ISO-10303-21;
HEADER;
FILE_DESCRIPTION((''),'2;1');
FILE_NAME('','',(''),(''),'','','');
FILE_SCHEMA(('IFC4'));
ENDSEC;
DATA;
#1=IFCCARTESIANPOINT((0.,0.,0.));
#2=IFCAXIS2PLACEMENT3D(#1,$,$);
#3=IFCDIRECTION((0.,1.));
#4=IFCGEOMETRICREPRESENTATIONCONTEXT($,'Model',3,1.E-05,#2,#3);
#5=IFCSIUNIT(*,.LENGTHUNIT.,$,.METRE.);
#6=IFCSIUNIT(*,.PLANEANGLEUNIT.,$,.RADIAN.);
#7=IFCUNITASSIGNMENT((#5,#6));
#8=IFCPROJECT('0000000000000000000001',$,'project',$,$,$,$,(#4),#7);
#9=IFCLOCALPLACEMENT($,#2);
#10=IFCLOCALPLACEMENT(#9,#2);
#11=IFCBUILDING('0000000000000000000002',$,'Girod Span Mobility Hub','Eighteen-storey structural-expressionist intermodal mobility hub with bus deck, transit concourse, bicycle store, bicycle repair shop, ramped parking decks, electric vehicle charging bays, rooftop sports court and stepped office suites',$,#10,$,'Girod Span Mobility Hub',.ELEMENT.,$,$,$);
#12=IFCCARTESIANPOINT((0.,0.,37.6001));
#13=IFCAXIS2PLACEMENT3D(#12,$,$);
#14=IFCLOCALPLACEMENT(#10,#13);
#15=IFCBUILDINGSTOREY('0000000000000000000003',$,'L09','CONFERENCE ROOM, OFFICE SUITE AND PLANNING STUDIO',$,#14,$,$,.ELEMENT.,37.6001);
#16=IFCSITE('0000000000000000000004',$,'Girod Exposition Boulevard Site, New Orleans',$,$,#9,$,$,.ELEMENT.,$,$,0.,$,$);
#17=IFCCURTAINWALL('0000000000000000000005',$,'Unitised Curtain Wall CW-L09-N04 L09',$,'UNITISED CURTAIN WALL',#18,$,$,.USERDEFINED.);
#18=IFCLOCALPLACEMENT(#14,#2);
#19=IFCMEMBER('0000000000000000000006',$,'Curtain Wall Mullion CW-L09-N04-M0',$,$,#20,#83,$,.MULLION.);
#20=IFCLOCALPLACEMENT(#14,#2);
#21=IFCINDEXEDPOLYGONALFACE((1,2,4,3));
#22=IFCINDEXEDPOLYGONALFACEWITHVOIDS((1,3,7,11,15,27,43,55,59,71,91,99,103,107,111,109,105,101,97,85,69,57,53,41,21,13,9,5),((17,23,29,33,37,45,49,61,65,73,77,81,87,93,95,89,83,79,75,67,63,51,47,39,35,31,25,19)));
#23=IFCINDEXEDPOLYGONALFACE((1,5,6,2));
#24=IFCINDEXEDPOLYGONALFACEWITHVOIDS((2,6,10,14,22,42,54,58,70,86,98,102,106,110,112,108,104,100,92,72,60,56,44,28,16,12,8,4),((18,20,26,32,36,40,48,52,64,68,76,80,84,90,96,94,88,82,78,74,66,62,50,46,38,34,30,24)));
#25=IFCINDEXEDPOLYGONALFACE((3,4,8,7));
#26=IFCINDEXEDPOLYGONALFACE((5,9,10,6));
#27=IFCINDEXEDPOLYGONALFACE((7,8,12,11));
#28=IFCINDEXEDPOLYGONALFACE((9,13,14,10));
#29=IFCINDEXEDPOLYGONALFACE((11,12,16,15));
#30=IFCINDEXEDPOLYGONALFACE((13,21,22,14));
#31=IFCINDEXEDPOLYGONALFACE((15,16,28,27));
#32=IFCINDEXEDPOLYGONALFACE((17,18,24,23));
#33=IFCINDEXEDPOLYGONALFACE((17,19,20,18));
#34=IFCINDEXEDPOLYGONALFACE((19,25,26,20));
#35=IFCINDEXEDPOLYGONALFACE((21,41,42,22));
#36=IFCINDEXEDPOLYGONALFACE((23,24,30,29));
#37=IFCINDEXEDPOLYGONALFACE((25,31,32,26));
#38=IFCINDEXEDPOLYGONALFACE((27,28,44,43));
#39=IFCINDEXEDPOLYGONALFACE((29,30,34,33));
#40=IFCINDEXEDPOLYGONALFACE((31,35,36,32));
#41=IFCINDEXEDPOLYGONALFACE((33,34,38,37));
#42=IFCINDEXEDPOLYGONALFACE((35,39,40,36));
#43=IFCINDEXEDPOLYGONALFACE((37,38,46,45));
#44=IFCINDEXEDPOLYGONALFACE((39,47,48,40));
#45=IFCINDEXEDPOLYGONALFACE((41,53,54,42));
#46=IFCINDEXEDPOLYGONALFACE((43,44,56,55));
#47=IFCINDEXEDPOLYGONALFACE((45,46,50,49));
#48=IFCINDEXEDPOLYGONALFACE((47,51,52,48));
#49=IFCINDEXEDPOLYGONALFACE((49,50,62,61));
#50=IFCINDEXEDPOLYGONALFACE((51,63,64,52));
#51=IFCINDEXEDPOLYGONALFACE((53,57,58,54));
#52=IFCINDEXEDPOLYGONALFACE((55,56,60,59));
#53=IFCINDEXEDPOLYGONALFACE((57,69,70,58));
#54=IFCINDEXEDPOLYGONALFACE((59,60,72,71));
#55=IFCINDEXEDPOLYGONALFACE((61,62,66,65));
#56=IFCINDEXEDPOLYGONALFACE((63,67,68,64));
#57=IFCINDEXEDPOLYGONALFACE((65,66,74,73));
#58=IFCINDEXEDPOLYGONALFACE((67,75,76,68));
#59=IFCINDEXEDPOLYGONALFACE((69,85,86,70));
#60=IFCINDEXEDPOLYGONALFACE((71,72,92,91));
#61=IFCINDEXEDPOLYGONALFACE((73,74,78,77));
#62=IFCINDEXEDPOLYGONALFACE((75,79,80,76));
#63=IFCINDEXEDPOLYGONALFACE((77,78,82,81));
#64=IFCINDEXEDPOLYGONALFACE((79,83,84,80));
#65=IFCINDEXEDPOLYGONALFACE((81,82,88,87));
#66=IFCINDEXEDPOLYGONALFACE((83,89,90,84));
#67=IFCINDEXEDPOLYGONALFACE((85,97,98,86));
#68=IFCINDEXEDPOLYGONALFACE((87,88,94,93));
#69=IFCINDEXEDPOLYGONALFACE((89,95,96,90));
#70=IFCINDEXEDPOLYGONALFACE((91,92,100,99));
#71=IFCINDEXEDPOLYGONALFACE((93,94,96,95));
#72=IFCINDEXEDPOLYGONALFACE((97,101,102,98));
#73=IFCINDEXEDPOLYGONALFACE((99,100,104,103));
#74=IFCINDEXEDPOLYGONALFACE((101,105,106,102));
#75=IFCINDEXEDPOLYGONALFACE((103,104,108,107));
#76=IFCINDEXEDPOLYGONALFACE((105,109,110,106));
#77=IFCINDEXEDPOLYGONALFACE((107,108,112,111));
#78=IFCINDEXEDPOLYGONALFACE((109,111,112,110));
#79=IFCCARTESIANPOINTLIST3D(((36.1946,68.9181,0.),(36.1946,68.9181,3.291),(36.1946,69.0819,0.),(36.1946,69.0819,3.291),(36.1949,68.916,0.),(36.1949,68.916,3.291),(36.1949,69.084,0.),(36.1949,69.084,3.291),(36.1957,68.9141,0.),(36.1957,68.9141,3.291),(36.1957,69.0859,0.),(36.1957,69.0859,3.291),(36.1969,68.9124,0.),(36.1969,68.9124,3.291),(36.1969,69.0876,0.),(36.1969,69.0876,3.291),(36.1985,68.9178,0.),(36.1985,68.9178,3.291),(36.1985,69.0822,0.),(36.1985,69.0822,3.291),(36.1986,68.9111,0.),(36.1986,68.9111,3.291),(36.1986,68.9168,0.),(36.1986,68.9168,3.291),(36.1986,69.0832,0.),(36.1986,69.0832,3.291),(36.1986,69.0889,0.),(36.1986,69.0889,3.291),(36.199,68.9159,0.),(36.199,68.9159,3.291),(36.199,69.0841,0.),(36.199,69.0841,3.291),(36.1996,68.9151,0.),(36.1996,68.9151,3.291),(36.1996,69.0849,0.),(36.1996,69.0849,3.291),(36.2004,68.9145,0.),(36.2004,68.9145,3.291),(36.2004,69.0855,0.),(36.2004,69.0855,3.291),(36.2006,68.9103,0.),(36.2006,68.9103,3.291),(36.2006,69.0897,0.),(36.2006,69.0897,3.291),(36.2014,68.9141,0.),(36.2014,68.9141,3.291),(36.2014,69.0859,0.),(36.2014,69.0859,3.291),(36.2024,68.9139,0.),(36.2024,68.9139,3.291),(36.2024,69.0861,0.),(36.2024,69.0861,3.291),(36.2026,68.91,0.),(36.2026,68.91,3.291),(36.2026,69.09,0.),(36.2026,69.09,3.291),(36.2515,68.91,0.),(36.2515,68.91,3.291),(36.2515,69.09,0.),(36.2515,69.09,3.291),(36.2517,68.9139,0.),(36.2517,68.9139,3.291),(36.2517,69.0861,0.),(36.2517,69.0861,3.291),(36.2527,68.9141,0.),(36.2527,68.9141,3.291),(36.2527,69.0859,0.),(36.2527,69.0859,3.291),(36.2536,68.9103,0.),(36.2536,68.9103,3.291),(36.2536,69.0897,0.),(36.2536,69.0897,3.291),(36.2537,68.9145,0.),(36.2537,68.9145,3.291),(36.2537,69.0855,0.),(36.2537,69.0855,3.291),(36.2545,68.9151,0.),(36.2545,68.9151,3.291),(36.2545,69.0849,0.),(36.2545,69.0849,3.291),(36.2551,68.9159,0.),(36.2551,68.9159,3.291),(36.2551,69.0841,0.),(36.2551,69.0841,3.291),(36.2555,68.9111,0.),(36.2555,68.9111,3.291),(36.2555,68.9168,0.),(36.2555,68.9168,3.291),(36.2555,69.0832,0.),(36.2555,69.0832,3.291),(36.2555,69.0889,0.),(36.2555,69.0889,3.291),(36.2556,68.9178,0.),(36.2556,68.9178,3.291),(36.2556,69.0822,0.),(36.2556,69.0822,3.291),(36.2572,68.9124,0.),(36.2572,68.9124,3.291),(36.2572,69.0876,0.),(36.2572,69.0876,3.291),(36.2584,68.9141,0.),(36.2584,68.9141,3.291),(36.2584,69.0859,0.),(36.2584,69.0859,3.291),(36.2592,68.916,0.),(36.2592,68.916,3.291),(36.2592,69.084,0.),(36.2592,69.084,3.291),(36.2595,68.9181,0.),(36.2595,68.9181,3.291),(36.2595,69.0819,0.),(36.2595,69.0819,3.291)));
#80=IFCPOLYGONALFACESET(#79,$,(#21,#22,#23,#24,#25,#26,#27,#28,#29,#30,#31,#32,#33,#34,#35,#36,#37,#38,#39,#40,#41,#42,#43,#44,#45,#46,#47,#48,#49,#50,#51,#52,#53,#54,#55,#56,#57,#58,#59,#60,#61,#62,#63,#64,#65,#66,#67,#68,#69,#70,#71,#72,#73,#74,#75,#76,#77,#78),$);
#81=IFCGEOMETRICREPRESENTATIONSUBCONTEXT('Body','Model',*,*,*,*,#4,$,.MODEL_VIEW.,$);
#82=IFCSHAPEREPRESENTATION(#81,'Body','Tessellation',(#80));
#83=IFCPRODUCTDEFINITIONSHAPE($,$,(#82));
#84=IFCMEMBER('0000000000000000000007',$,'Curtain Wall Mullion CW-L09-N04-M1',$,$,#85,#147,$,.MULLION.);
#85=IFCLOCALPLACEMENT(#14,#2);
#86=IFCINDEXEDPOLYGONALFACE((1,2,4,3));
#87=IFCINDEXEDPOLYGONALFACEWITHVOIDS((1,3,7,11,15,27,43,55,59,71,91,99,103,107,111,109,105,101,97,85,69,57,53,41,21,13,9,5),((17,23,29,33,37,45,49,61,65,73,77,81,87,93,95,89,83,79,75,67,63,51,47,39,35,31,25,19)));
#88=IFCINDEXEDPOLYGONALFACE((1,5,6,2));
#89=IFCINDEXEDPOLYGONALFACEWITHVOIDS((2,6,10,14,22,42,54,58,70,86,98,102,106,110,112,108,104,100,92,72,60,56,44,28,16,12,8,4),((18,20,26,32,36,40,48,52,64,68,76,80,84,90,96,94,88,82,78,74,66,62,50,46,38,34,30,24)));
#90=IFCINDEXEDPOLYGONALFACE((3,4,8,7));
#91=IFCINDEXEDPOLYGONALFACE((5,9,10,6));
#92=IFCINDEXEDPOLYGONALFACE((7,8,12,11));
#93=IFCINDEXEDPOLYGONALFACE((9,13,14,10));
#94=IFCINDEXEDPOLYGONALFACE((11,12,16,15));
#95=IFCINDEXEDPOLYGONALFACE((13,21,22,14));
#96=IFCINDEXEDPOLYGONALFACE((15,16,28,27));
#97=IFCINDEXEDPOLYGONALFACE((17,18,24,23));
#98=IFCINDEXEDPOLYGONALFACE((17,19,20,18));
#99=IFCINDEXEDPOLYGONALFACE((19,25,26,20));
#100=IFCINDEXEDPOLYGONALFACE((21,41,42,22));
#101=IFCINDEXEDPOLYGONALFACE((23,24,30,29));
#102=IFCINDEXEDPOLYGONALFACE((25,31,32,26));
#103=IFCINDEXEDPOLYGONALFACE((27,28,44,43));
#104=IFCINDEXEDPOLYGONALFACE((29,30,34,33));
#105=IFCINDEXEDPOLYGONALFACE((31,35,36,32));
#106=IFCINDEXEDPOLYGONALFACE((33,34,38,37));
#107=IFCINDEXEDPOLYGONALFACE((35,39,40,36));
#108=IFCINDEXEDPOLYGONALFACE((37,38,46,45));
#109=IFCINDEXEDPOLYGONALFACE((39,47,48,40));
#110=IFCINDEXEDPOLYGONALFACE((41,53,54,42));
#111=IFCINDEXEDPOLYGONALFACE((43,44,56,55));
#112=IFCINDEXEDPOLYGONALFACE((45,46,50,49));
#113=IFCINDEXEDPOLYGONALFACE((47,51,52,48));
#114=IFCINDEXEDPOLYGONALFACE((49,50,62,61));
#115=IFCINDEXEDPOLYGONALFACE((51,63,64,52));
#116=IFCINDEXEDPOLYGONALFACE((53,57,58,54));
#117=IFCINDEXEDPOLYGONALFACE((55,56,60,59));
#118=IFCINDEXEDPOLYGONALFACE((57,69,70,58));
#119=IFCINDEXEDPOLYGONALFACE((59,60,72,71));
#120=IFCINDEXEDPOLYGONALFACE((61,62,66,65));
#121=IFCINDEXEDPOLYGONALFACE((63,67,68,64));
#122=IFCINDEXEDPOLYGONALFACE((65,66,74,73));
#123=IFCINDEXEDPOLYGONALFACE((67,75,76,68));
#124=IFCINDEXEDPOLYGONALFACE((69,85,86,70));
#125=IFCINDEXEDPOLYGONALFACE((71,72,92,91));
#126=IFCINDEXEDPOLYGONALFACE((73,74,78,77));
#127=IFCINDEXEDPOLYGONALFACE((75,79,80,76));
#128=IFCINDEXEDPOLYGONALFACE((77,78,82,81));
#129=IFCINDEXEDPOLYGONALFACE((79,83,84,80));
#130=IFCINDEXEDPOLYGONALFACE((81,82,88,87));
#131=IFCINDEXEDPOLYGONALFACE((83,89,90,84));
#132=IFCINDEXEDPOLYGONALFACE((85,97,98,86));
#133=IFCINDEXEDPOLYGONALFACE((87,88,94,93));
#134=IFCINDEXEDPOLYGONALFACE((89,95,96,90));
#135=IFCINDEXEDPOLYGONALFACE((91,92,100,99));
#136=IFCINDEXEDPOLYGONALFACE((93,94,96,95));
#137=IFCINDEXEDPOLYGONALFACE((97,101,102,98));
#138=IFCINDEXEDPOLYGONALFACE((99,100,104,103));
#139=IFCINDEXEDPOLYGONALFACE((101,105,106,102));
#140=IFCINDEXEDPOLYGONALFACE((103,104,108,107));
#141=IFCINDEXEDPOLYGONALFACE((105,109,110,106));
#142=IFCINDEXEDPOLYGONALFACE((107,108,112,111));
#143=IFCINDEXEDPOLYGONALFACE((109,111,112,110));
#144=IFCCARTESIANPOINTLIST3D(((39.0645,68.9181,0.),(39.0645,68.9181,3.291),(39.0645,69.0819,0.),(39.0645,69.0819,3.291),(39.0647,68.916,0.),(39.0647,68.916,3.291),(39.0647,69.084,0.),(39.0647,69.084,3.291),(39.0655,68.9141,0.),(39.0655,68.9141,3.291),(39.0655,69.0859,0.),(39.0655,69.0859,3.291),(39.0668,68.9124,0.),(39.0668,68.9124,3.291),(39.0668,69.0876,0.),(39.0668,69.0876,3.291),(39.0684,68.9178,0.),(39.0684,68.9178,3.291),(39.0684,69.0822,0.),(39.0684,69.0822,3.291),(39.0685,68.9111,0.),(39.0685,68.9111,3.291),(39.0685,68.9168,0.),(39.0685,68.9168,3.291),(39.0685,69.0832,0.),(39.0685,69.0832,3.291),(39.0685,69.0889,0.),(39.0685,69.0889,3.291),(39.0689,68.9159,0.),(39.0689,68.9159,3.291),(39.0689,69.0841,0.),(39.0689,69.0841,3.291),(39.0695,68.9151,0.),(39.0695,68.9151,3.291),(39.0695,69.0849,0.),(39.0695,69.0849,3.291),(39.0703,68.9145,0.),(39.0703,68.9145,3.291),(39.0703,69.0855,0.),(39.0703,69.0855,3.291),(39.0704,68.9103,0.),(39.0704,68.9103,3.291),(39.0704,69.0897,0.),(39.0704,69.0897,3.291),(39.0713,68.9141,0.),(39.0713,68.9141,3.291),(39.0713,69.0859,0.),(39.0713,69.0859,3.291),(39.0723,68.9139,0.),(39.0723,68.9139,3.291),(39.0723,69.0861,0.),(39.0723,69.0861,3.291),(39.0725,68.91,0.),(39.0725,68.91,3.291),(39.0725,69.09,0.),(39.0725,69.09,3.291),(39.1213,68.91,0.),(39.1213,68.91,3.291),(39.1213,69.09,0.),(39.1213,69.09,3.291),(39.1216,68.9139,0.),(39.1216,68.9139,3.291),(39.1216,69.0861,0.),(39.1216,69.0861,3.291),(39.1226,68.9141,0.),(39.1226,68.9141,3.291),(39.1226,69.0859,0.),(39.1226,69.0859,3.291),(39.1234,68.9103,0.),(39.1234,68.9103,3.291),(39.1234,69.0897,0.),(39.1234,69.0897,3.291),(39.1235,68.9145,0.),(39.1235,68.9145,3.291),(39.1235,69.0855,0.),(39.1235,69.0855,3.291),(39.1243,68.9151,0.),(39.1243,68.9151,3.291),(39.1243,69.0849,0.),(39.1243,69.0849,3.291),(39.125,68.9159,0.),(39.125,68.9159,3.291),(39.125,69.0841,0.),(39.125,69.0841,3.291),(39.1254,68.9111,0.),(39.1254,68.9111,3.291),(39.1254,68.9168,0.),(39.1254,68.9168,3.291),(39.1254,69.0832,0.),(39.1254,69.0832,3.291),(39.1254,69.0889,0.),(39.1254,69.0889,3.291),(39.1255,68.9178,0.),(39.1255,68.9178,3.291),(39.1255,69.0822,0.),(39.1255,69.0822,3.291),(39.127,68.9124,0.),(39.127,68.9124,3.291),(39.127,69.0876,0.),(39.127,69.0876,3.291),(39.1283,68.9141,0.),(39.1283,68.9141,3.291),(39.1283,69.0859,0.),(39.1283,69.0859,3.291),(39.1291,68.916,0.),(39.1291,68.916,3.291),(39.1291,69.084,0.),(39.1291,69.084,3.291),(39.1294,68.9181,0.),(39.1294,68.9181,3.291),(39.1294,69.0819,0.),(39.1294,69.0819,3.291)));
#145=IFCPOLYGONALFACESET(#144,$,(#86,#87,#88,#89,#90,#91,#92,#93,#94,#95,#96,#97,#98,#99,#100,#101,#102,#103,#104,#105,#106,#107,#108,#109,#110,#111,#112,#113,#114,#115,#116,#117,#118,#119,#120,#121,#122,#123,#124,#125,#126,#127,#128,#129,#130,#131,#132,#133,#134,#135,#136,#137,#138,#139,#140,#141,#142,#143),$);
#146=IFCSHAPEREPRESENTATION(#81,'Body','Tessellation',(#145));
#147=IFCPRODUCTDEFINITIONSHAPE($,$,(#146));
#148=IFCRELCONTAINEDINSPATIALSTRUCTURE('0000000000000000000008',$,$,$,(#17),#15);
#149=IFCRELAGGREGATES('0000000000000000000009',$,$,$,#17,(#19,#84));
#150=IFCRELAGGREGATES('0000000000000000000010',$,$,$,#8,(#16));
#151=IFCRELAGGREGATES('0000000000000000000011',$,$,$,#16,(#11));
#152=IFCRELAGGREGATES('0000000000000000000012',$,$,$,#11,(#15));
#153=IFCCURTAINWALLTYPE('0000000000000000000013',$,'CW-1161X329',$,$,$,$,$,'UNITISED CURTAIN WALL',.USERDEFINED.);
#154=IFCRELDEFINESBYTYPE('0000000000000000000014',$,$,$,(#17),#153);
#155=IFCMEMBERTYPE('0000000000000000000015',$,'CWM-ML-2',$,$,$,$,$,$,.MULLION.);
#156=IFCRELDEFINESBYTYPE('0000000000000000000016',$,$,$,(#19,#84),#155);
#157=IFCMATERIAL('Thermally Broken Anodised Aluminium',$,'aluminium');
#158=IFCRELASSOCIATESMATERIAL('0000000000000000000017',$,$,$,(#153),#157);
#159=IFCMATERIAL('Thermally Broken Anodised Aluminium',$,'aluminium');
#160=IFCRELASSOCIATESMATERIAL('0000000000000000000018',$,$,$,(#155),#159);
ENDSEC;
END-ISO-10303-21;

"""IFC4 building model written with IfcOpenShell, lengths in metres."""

from ifc_helpers import new_model, si_unit, direction, frame, origin, origin_2d, place, context, subcontext, project, spatial, hollow_rectangle, extrude, material, material_profile, profile_set, type_object, element, aggregate, save


model = new_model("IFC4")

# Units and contexts
model_context = context("Model", 3, precision=1e-05, world=origin(), true_north=direction((0.0, 1.0)))
body_context = subcontext(model_context, "Body", "Model", "MODEL_VIEW")
ifc_project = project(units=[si_unit("LENGTHUNIT", "METRE"), si_unit("PLANEANGLEUNIT", "RADIAN")], contexts=[model_context])

# Site, building, storey
site_placement = place(None, origin())
site = spatial("IfcSite", under=ifc_project, at=site_placement, Name="Girod Exposition Boulevard Site, New Orleans", CompositionType="ELEMENT", RefElevation=0.0)
building_placement = place(site_placement, origin())
building = spatial("IfcBuilding", under=site, at=building_placement, Name="Girod Span Mobility Hub", Description="Eighteen-storey structural-expressionist intermodal mobility hub with bus deck, transit concourse, bicycle store, bicycle repair shop, ramped parking decks, electric vehicle charging bays, rooftop sports court and stepped office suites", LongName="Girod Span Mobility Hub", CompositionType="ELEMENT")
storey_placement = place(building_placement, frame((0.0, 0.0, 37.6001)))
storey = spatial("IfcBuildingStorey", under=building, at=storey_placement, Name="L09", Description="CONFERENCE ROOM, OFFICE SUITE AND PLANNING STUDIO", CompositionType="ELEMENT", Elevation=37.6001)

# Curtain wall, members
ifc_material_1 = material(Name="Thermally Broken Anodised Aluminium", Category="aluminium")
curtain_wall_type = type_object("IfcCurtainWallType", Name="CW-1161X329", ElementType="UNITISED CURTAIN WALL", PredefinedType="USERDEFINED", material=ifc_material_1)
curtain_wall_placement = place(storey_placement, origin())
curtain_wall = element("IfcCurtainWall", 1, at=curtain_wall_placement, inside=storey, type_object=curtain_wall_type, Name="Unitised Curtain Wall CW-L09-N04 L09", ObjectType="UNITISED CURTAIN WALL", PredefinedType="USERDEFINED")
ifc_material_2 = material(Name="Thermally Broken Anodised Aluminium", Category="aluminium")
ifc_material_profile_1 = material_profile(ifc_material_2, hollow_rectangle(XDim=0.1799, YDim=0.0649, WallThickness=0.0039, InnerFilletRadius=0.0039, OuterFilletRadius=0.0081, at=origin_2d()), Name="CW-ML-65X180")
ifc_profile_set_1 = profile_set([ifc_material_profile_1], Name="Thermally Broken Anodised Aluminium")
member_type_1 = type_object("IfcMemberType", Name="CWM-ML-2", PredefinedType="MULLION", material=ifc_profile_set_1)
member_1_placement = place(storey_placement, frame((36.2271, 69.0, 0.0), z_axis=(0.0, 0.0, 1.0), x_axis=(0.0, 1.0, 0.0)))
member_1 = element("IfcMember", 2, at=member_1_placement, type_object=member_type_1, Name="Curtain Wall Mullion CW-L09-N04-M0", PredefinedType="MULLION", context=body_context, shape_type="SweptSolid", body=[
    extrude(hollow_rectangle(XDim=0.1799, YDim=0.0649, WallThickness=0.0039, InnerFilletRadius=0.0039, OuterFilletRadius=0.0081, at=origin_2d()), origin(), (0.0, 0.0, 1.0), 3.291),
])
member_2_placement = place(storey_placement, frame((39.0969, 69.0, 0.0), z_axis=(0.0, 0.0, 1.0), x_axis=(0.0, 1.0, 0.0)))
member_2 = element("IfcMember", 3, at=member_2_placement, type_object=member_type_1, Name="Curtain Wall Mullion CW-L09-N04-M1", PredefinedType="MULLION", context=body_context, shape_type="SweptSolid", body=[
    extrude(hollow_rectangle(XDim=0.1799, YDim=0.0649, WallThickness=0.0039, InnerFilletRadius=0.0039, OuterFilletRadius=0.0081, at=origin_2d()), origin(), (0.0, 0.0, 1.0), 3.291),
])

aggregate(curtain_wall, [member_1, member_2])

save(model, "model.ifc")
